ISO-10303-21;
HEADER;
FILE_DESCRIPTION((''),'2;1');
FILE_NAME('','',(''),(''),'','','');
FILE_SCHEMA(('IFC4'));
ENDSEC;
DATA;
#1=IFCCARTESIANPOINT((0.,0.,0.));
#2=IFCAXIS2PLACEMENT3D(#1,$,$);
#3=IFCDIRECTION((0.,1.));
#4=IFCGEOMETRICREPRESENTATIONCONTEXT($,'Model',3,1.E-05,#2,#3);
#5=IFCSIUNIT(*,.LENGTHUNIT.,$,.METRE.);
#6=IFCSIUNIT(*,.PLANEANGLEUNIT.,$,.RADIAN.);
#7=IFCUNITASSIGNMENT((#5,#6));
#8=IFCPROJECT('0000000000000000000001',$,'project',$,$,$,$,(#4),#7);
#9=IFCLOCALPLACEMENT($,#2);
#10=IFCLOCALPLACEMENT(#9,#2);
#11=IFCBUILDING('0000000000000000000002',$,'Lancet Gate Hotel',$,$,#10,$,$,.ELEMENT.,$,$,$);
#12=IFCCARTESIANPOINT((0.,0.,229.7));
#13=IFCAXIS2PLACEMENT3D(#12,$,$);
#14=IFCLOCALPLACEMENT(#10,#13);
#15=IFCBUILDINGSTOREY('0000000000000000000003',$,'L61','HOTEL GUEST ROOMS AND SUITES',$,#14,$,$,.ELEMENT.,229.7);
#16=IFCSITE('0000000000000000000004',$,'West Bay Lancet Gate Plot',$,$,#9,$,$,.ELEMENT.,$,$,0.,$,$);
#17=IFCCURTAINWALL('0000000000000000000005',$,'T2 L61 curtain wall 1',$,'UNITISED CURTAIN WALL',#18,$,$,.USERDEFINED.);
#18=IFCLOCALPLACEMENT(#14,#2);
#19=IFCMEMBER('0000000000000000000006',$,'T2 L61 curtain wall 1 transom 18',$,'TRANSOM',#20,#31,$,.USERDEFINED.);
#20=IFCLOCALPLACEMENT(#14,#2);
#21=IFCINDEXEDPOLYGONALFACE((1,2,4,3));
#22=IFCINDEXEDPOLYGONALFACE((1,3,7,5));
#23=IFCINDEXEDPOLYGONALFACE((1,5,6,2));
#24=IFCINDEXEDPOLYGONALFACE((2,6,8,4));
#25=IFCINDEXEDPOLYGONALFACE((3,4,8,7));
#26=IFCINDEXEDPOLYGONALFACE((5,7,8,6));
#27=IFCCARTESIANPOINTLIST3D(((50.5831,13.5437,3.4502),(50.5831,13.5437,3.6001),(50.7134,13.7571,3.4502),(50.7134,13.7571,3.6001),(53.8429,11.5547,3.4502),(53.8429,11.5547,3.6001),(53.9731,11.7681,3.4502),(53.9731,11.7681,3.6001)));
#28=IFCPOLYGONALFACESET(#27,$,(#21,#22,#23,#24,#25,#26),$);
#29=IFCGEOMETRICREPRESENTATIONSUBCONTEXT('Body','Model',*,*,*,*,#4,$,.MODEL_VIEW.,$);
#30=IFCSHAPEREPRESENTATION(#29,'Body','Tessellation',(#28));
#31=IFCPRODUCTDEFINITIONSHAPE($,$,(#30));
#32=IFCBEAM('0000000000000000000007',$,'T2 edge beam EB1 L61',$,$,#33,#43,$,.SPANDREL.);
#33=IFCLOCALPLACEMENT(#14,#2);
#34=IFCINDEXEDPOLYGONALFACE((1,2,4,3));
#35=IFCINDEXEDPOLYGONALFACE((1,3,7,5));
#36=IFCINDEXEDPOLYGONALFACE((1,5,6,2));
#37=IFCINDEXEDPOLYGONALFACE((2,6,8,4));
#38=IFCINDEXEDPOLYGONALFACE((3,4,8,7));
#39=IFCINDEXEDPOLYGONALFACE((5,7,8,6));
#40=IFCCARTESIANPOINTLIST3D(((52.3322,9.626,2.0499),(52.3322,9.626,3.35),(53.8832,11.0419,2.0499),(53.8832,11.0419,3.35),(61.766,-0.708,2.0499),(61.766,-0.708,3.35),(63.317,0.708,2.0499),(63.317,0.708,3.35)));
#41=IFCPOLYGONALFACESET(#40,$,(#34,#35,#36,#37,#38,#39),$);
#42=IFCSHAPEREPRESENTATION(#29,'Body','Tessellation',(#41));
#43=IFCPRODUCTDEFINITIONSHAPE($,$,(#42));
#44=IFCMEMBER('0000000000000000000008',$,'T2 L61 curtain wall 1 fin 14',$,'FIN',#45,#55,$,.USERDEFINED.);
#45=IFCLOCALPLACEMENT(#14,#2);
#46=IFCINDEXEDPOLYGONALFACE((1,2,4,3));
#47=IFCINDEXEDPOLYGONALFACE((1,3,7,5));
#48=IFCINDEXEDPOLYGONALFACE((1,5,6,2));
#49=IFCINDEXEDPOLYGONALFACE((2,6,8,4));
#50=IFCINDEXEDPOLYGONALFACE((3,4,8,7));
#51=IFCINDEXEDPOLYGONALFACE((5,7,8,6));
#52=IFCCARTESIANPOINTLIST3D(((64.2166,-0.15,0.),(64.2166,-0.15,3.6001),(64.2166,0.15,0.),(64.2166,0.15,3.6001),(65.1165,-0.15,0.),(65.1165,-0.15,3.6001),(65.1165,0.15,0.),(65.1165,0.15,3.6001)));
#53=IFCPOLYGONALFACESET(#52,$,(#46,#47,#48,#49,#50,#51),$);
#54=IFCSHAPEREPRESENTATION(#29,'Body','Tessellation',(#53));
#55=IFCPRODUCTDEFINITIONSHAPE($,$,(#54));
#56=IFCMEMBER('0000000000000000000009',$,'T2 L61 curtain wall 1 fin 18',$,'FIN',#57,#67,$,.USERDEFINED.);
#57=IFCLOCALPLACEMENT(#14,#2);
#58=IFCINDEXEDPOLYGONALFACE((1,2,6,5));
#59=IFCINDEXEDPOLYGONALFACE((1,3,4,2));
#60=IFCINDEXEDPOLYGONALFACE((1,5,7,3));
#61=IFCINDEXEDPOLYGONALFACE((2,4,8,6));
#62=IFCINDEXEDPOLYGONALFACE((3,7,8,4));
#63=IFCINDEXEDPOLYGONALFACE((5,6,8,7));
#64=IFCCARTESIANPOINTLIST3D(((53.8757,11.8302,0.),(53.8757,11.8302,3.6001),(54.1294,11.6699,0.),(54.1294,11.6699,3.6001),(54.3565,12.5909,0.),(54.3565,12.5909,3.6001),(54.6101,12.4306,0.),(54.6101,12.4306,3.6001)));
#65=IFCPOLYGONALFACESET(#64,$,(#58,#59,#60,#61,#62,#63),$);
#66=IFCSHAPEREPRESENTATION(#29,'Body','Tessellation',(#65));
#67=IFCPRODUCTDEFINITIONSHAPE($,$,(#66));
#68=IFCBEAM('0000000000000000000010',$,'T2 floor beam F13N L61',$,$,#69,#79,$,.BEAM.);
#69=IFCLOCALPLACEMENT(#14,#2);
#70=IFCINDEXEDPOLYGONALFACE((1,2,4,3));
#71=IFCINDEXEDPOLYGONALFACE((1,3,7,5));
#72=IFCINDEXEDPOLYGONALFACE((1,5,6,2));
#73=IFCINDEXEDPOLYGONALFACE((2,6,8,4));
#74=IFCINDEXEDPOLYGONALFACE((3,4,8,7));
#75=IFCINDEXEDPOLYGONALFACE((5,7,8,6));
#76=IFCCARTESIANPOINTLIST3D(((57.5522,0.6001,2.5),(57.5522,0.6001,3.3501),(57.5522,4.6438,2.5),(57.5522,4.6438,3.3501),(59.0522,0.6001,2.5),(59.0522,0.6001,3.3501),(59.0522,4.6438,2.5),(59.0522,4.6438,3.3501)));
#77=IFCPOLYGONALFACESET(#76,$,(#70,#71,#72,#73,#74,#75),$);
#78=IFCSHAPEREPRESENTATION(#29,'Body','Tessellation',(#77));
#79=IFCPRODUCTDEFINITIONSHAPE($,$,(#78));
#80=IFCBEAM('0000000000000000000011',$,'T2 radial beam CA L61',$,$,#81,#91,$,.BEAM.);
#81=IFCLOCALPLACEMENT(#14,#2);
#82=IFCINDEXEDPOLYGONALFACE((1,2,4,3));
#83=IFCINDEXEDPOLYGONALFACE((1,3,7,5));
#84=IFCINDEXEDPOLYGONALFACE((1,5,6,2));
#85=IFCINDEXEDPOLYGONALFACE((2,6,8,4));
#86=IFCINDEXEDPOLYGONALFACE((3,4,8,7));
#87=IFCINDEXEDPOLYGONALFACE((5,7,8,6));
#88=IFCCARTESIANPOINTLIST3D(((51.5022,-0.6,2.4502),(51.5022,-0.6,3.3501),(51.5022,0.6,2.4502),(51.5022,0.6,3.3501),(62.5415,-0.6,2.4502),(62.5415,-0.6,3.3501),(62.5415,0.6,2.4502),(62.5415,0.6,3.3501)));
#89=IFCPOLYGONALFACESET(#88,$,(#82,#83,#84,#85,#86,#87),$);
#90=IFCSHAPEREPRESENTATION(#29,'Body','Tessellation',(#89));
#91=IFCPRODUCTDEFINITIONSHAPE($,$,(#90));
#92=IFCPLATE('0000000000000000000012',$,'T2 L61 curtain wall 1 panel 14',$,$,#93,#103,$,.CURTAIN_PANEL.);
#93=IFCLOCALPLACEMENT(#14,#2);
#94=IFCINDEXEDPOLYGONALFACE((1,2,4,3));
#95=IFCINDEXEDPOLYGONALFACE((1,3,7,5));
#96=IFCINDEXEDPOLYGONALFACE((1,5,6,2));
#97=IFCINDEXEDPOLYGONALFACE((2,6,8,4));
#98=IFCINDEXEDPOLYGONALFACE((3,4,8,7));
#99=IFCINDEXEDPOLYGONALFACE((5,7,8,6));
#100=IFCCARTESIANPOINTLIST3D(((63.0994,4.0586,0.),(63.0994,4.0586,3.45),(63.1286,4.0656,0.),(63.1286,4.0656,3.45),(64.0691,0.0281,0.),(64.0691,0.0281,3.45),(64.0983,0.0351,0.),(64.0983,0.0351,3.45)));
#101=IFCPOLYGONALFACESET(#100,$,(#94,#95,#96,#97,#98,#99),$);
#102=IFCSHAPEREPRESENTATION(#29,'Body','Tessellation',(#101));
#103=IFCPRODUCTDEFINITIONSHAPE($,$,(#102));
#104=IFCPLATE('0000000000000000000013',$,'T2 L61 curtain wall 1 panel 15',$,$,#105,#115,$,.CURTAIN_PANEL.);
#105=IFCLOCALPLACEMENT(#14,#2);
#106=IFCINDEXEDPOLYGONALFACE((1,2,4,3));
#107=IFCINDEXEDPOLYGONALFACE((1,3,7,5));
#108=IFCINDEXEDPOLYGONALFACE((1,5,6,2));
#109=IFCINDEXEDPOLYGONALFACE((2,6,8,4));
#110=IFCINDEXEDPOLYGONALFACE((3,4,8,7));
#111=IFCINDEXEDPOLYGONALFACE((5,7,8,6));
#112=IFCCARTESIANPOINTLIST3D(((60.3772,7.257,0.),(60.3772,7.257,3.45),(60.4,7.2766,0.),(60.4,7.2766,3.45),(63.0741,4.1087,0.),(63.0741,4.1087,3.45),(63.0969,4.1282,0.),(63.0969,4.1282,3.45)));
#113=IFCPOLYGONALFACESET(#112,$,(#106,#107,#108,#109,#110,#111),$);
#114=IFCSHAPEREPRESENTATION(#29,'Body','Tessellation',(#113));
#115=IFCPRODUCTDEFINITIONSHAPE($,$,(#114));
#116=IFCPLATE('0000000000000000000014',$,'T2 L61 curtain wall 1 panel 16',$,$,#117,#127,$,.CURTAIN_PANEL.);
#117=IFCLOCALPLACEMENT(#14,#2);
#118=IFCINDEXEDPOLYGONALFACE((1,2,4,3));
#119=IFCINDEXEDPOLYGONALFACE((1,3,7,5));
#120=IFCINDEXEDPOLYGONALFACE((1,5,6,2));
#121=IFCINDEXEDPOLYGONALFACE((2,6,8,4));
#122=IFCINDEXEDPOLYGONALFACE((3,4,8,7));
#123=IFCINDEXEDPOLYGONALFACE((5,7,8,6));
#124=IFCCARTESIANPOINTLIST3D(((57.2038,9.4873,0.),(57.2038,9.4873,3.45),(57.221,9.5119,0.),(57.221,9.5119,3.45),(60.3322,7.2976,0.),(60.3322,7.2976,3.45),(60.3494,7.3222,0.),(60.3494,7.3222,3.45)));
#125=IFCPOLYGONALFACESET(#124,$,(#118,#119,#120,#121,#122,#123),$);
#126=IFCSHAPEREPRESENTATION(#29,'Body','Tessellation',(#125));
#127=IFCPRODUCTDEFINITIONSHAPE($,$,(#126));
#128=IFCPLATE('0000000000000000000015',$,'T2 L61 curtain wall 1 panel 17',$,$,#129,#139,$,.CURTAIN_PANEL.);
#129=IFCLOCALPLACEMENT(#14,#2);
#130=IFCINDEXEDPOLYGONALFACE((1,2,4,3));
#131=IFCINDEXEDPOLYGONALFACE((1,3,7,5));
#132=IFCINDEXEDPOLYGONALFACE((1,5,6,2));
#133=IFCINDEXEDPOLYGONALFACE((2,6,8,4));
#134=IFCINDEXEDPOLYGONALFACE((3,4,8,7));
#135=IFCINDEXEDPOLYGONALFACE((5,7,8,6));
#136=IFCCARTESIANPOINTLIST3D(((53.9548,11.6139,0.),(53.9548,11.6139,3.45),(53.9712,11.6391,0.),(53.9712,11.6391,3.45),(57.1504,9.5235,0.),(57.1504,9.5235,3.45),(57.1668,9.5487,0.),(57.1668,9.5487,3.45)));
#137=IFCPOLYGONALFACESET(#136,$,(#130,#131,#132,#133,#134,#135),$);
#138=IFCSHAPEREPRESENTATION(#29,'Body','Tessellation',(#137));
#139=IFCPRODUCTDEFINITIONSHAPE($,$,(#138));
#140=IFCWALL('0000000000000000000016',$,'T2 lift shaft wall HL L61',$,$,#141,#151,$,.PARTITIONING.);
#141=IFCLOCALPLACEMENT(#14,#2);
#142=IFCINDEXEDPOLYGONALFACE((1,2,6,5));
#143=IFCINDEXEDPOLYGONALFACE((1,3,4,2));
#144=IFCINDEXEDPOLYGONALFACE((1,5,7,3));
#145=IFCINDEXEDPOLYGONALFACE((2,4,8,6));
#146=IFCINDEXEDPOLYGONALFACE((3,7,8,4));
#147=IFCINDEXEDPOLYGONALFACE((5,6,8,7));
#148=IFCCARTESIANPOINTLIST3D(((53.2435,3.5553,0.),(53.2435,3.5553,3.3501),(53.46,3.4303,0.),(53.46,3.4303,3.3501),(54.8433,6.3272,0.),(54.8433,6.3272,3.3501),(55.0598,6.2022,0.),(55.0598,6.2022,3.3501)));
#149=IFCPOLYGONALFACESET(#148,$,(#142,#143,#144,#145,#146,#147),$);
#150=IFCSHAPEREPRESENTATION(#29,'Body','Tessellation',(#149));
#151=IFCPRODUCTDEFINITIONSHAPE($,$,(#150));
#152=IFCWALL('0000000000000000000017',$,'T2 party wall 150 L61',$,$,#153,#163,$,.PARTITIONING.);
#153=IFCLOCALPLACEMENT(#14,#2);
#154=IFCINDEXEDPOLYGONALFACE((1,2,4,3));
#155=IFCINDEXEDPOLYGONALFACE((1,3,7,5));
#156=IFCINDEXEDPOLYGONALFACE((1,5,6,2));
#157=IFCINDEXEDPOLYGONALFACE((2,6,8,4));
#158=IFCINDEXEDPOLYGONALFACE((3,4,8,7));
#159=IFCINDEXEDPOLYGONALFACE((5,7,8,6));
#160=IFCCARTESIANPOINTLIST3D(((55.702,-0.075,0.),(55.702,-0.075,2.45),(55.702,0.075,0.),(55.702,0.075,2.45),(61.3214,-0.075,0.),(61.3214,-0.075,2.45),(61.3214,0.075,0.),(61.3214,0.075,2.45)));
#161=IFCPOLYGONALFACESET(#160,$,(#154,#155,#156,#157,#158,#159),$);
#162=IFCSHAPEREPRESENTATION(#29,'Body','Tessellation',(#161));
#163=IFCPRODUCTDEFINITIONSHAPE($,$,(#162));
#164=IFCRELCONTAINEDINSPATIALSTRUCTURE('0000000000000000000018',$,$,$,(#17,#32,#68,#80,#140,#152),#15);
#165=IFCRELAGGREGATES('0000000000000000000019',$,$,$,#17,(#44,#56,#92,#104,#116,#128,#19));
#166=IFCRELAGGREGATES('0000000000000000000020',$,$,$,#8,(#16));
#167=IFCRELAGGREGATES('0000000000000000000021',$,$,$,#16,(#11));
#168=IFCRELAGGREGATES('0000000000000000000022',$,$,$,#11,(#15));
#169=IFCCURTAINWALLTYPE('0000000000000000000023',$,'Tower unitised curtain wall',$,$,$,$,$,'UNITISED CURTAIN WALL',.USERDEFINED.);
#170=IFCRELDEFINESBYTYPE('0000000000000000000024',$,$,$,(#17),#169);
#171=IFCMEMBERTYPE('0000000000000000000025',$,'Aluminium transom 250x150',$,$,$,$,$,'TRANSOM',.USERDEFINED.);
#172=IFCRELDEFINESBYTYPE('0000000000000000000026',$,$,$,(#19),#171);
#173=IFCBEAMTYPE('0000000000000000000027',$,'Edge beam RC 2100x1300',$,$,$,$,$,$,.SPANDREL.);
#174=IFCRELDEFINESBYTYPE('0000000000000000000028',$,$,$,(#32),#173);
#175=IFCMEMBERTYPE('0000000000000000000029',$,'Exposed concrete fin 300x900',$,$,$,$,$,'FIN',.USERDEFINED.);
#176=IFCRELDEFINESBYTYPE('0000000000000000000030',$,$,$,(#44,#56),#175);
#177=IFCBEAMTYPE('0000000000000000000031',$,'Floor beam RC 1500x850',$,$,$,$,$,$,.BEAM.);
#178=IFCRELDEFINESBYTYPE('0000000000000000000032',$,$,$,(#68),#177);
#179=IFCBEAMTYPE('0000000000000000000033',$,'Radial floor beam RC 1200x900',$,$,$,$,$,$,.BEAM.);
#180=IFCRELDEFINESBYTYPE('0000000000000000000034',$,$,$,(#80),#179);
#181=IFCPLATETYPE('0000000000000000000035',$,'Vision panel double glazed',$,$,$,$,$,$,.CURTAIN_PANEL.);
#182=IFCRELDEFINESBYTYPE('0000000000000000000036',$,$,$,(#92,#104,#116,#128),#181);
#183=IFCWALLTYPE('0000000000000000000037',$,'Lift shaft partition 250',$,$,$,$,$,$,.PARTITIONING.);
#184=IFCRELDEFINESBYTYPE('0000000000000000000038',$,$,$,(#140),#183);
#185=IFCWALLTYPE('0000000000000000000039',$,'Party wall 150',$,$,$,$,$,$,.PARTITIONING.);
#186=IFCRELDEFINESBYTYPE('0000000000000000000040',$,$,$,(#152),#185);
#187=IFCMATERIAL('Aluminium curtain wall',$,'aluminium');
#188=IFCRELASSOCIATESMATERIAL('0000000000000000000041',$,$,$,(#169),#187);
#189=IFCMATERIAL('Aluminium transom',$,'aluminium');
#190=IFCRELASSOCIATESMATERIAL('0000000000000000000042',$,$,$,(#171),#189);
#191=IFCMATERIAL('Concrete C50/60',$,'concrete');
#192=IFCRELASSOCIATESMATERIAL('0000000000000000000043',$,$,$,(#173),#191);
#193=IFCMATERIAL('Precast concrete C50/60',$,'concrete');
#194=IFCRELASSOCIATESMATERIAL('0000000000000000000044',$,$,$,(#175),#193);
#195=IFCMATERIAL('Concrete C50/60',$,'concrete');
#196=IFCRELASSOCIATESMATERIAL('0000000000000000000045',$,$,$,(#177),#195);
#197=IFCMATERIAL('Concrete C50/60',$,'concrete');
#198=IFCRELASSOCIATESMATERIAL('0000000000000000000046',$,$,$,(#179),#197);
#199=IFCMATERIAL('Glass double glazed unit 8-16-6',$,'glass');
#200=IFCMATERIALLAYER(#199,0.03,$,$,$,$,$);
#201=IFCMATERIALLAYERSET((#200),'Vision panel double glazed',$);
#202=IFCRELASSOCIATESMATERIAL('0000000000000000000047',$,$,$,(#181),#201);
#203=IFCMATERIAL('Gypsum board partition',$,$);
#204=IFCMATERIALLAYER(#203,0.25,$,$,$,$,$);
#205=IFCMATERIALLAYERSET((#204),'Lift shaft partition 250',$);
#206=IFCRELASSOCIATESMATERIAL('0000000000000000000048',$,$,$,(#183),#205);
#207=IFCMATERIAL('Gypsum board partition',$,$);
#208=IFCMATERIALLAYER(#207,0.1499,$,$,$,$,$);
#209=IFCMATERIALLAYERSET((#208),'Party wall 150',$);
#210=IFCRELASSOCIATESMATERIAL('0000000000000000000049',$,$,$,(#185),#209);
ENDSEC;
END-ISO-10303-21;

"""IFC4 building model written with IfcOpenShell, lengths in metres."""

from ifc_helpers import new_model, si_unit, direction, frame, frame_2d, origin, origin_2d, place, context, subcontext, project, spatial, rectangle, extrude, material, layer, layer_set, material_profile, profile_set, type_object, element, aggregate, save


model = new_model("IFC4")

# Units and contexts
model_context = context("Model", 3, precision=1e-05, world=origin(), true_north=direction((0.0, 1.0)))
body_context = subcontext(model_context, "Body", "Model", "MODEL_VIEW")
ifc_project = project(units=[si_unit("LENGTHUNIT", "METRE"), si_unit("PLANEANGLEUNIT", "RADIAN")], contexts=[model_context])

# Site, building, storey
site_placement = place(None, origin())
site = spatial("IfcSite", under=ifc_project, at=site_placement, Name="West Bay Lancet Gate Plot", CompositionType="ELEMENT", RefElevation=0.0)
building_placement = place(site_placement, origin())
building = spatial("IfcBuilding", under=site, at=building_placement, Name="Lancet Gate Hotel", CompositionType="ELEMENT")
storey_placement = place(building_placement, frame((0.0, 0.0, 229.7)))
storey = spatial("IfcBuildingStorey", under=building, at=storey_placement, Name="L61", Description="HOTEL GUEST ROOMS AND SUITES", CompositionType="ELEMENT", Elevation=229.7)

# Curtain wall, member
ifc_material_1 = material(Name="Aluminium curtain wall", Category="aluminium")
curtain_wall_type = type_object("IfcCurtainWallType", Name="Tower unitised curtain wall", ElementType="UNITISED CURTAIN WALL", PredefinedType="USERDEFINED", material=ifc_material_1)
curtain_wall_placement = place(storey_placement, origin())
curtain_wall = element("IfcCurtainWall", 1, at=curtain_wall_placement, inside=storey, type_object=curtain_wall_type, Name="T2 L61 curtain wall 1", ObjectType="UNITISED CURTAIN WALL", PredefinedType="USERDEFINED")
ifc_material_2 = material(Name="Aluminium transom", Category="aluminium")
ifc_material_profile_1 = material_profile(ifc_material_2, rectangle(XDim=0.25, YDim=0.1499, at=origin_2d()), Name="TRANSOM 250x150")
ifc_profile_set_1 = profile_set([ifc_material_profile_1], Name="Aluminium transom")
member_type_1 = type_object("IfcMemberType", Name="Aluminium transom 250x150", ElementType="TRANSOM", PredefinedType="USERDEFINED", material=ifc_profile_set_1)
member_1_placement = place(storey_placement, frame((53.908, 11.6614, 3.5251), z_axis=(-0.853639, 0.520865, 0.0), x_axis=(-0.520865, -0.853639, 0.0)))
member_1 = element("IfcMember", 2, at=member_1_placement, type_object=member_type_1, Name="T2 L61 curtain wall 1 transom 18", ObjectType="TRANSOM", PredefinedType="USERDEFINED", context=body_context, shape_type="SweptSolid", body=[
    extrude(rectangle(XDim=0.25, YDim=0.1499, at=origin_2d()), origin(), (0.0, 0.0, 1.0), 3.8186),
])

# Beam
ifc_material_3 = material(Name="Concrete C50/60", Category="concrete")
ifc_material_profile_2 = material_profile(ifc_material_3, rectangle(XDim=2.1001, YDim=1.3, at=origin_2d()), Name="RC 2100x1300")
ifc_profile_set_2 = profile_set([ifc_material_profile_2], Name="Concrete C50/60")
beam_type_1 = type_object("IfcBeamType", Name="Edge beam RC 2100x1300", PredefinedType="SPANDREL", material=ifc_profile_set_2)
beam_1_placement = place(storey_placement, frame((62.5415, 0.0, 2.7), z_axis=(-0.674209, 0.73854, 0.0), x_axis=(-0.73854, -0.674209, 0.0)))
element("IfcBeam", 3, at=beam_1_placement, inside=storey, type_object=beam_type_1, Name="T2 edge beam EB1 L61", PredefinedType="SPANDREL", context=body_context, shape_type="SweptSolid", body=[
    extrude(rectangle(XDim=2.1001, YDim=1.3, at=origin_2d()), origin(), (0.0, 0.0, 1.0), 13.9924),
])

# Members
ifc_material_4 = material(Name="Precast concrete C50/60", Category="concrete")
ifc_material_profile_3 = material_profile(ifc_material_4, rectangle(XDim=0.3, YDim=0.8999, at=origin_2d()), Name="FIN 300x900")
ifc_profile_set_3 = profile_set([ifc_material_profile_3], Name="Precast concrete C50/60")
member_type_2 = type_object("IfcMemberType", Name="Exposed concrete fin 300x900", ElementType="FIN", PredefinedType="USERDEFINED", material=ifc_profile_set_3)
member_2_placement = place(storey_placement, frame((64.6665, 0.0, 0.0), z_axis=(0.0, 0.0, 1.0), x_axis=(0.0, 1.0, 0.0)))
member_2 = element("IfcMember", 4, at=member_2_placement, type_object=member_type_2, Name="T2 L61 curtain wall 1 fin 14", ObjectType="FIN", PredefinedType="USERDEFINED", context=body_context, shape_type="SweptSolid", body=[
    extrude(rectangle(XDim=0.3, YDim=0.8999, at=origin_2d()), origin(), (0.0, 0.0, 1.0), 3.6001),
])
member_3_placement = place(storey_placement, frame((54.2429, 12.1304, 0.0), z_axis=(0.0, 0.0, 1.0), x_axis=(-0.84534, 0.534229, 0.0)))
member_3 = element("IfcMember", 5, at=member_3_placement, type_object=member_type_2, Name="T2 L61 curtain wall 1 fin 18", ObjectType="FIN", PredefinedType="USERDEFINED", context=body_context, shape_type="SweptSolid", body=[
    extrude(rectangle(XDim=0.3, YDim=0.8999, at=origin_2d()), origin(), (0.0, 0.0, 1.0), 3.6001),
])

# Beams
ifc_material_5 = material(Name="Concrete C50/60", Category="concrete")
ifc_material_profile_4 = material_profile(ifc_material_5, rectangle(XDim=1.5, YDim=0.8501, at=origin_2d()), Name="RC 1500x850")
ifc_profile_set_4 = profile_set([ifc_material_profile_4], Name="Concrete C50/60")
beam_type_2 = type_object("IfcBeamType", Name="Floor beam RC 1500x850", PredefinedType="BEAM", material=ifc_profile_set_4)
beam_2_placement = place(storey_placement, frame((58.3022, 0.6001, 2.925), z_axis=(0.0, 1.0, 0.0), x_axis=(-1.0, 0.0, 0.0)))
element("IfcBeam", 6, at=beam_2_placement, inside=storey, type_object=beam_type_2, Name="T2 floor beam F13N L61", PredefinedType="BEAM", context=body_context, shape_type="SweptSolid", body=[
    extrude(rectangle(XDim=1.5, YDim=0.8501, at=origin_2d()), origin(), (0.0, 0.0, 1.0), 4.0437),
])
ifc_material_6 = material(Name="Concrete C50/60", Category="concrete")
ifc_material_profile_5 = material_profile(ifc_material_6, rectangle(XDim=1.2, YDim=0.8999, at=origin_2d()), Name="RC 1200x900")
ifc_profile_set_5 = profile_set([ifc_material_profile_5], Name="Concrete C50/60")
beam_type_3 = type_object("IfcBeamType", Name="Radial floor beam RC 1200x900", PredefinedType="BEAM", material=ifc_profile_set_5)
beam_3_placement = place(storey_placement, frame((62.5415, 0.0, 2.9001), z_axis=(-1.0, 0.0, 0.0), x_axis=(0.0, -1.0, 0.0)))
element("IfcBeam", 7, at=beam_3_placement, inside=storey, type_object=beam_type_3, Name="T2 radial beam CA L61", PredefinedType="BEAM", context=body_context, shape_type="SweptSolid", body=[
    extrude(rectangle(XDim=1.2, YDim=0.8999, at=origin_2d()), origin(), (0.0, 0.0, 1.0), 11.0393),
])

# Plates
ifc_material_7 = material(Name="Glass double glazed unit 8-16-6", Category="glass")
ifc_layer_1 = layer(ifc_material_7, 0.03)
ifc_layer_set_1 = layer_set([ifc_layer_1], Name="Vision panel double glazed")
plate_type = type_object("IfcPlateType", Name="Vision panel double glazed", PredefinedType="CURTAIN_PANEL", material=ifc_layer_set_1)
plate_1_placement = place(storey_placement, frame((63.5989, 2.0469, 0.0), z_axis=(0.0, 0.0, 1.0), x_axis=(-0.233916, 0.972257, 0.0)))
plate_1 = element("IfcPlate", 8, at=plate_1_placement, type_object=plate_type, Name="T2 L61 curtain wall 1 panel 14", PredefinedType="CURTAIN_PANEL", context=body_context, shape_type="SweptSolid", body=[
    extrude(rectangle(XDim=4.1455, YDim=0.03, at=origin_2d()), origin(), (0.0, 0.0, 1.0), 3.45),
])
plate_2_placement = place(storey_placement, frame((61.7371, 5.6926, 0.0), z_axis=(0.0, 0.0, 1.0), x_axis=(-0.650552, 0.759462, 0.0)))
plate_2 = element("IfcPlate", 9, at=plate_2_placement, type_object=plate_type, Name="T2 L61 curtain wall 1 panel 15", PredefinedType="CURTAIN_PANEL", context=body_context, shape_type="SweptSolid", body=[
    extrude(rectangle(XDim=4.1455, YDim=0.03, at=origin_2d()), origin(), (0.0, 0.0, 1.0), 3.45),
])
plate_3_placement = place(storey_placement, frame((58.7766, 8.4048, 0.0), z_axis=(0.0, 0.0, 1.0), x_axis=(-0.819255, 0.573429, 0.0)))
plate_3 = element("IfcPlate", 10, at=plate_3_placement, type_object=plate_type, Name="T2 L61 curtain wall 1 panel 16", PredefinedType="CURTAIN_PANEL", context=body_context, shape_type="SweptSolid", body=[
    extrude(rectangle(XDim=3.8186, YDim=0.03, at=origin_2d()), origin(), (0.0, 0.0, 1.0), 3.45),
])
plate_4_placement = place(storey_placement, frame((55.5608, 10.5813, 0.0), z_axis=(0.0, 0.0, 1.0), x_axis=(-0.83685, 0.547432, 0.0)))
plate_4 = element("IfcPlate", 11, at=plate_4_placement, type_object=plate_type, Name="T2 L61 curtain wall 1 panel 17", PredefinedType="CURTAIN_PANEL", context=body_context, shape_type="SweptSolid", body=[
    extrude(rectangle(XDim=3.8186, YDim=0.03, at=origin_2d()), origin(), (0.0, 0.0, 1.0), 3.45),
])
aggregate(curtain_wall, [member_2, member_3, plate_1, plate_2, plate_3, plate_4, member_1])

# Walls
ifc_material_8 = material(Name="Gypsum board partition")
ifc_layer_2 = layer(ifc_material_8, 0.25)
ifc_layer_set_2 = layer_set([ifc_layer_2], Name="Lift shaft partition 250")
wall_type_1 = type_object("IfcWallType", Name="Lift shaft partition 250", PredefinedType="PARTITIONING", material=ifc_layer_set_2)
wall_1_placement = place(storey_placement, frame((53.3518, 3.4929, 0.0), z_axis=(0.0, 0.0, 1.0), x_axis=(0.499872, 0.866099, 0.0)))
element("IfcWall", 12, at=wall_1_placement, inside=storey, type_object=wall_type_1, Name="T2 lift shaft wall HL L61", PredefinedType="PARTITIONING", context=body_context, shape_type="SweptSolid", body=[
    extrude(rectangle(XDim=3.2004, YDim=0.25, at=frame_2d((1.6001, 0.0))), origin(), (0.0, 0.0, 1.0), 3.3501),
])
ifc_material_9 = material(Name="Gypsum board partition")
ifc_layer_3 = layer(ifc_material_9, 0.1499)
ifc_layer_set_3 = layer_set([ifc_layer_3], Name="Party wall 150")
wall_type_2 = type_object("IfcWallType", Name="Party wall 150", PredefinedType="PARTITIONING", material=ifc_layer_set_3)
wall_2_placement = place(storey_placement, frame((55.7021, 0.0, 0.0), z_axis=(0.0, 0.0, 1.0), x_axis=(1.0, 0.0, 0.0)))
element("IfcWall", 13, at=wall_2_placement, inside=storey, type_object=wall_type_2, Name="T2 party wall 150 L61", PredefinedType="PARTITIONING", context=body_context, shape_type="SweptSolid", body=[
    extrude(rectangle(XDim=5.6194, YDim=0.1499, at=frame_2d((2.8096, 0.0))), origin(), (0.0, 0.0, 1.0), 2.45),
])

save(model, "model.ifc")
